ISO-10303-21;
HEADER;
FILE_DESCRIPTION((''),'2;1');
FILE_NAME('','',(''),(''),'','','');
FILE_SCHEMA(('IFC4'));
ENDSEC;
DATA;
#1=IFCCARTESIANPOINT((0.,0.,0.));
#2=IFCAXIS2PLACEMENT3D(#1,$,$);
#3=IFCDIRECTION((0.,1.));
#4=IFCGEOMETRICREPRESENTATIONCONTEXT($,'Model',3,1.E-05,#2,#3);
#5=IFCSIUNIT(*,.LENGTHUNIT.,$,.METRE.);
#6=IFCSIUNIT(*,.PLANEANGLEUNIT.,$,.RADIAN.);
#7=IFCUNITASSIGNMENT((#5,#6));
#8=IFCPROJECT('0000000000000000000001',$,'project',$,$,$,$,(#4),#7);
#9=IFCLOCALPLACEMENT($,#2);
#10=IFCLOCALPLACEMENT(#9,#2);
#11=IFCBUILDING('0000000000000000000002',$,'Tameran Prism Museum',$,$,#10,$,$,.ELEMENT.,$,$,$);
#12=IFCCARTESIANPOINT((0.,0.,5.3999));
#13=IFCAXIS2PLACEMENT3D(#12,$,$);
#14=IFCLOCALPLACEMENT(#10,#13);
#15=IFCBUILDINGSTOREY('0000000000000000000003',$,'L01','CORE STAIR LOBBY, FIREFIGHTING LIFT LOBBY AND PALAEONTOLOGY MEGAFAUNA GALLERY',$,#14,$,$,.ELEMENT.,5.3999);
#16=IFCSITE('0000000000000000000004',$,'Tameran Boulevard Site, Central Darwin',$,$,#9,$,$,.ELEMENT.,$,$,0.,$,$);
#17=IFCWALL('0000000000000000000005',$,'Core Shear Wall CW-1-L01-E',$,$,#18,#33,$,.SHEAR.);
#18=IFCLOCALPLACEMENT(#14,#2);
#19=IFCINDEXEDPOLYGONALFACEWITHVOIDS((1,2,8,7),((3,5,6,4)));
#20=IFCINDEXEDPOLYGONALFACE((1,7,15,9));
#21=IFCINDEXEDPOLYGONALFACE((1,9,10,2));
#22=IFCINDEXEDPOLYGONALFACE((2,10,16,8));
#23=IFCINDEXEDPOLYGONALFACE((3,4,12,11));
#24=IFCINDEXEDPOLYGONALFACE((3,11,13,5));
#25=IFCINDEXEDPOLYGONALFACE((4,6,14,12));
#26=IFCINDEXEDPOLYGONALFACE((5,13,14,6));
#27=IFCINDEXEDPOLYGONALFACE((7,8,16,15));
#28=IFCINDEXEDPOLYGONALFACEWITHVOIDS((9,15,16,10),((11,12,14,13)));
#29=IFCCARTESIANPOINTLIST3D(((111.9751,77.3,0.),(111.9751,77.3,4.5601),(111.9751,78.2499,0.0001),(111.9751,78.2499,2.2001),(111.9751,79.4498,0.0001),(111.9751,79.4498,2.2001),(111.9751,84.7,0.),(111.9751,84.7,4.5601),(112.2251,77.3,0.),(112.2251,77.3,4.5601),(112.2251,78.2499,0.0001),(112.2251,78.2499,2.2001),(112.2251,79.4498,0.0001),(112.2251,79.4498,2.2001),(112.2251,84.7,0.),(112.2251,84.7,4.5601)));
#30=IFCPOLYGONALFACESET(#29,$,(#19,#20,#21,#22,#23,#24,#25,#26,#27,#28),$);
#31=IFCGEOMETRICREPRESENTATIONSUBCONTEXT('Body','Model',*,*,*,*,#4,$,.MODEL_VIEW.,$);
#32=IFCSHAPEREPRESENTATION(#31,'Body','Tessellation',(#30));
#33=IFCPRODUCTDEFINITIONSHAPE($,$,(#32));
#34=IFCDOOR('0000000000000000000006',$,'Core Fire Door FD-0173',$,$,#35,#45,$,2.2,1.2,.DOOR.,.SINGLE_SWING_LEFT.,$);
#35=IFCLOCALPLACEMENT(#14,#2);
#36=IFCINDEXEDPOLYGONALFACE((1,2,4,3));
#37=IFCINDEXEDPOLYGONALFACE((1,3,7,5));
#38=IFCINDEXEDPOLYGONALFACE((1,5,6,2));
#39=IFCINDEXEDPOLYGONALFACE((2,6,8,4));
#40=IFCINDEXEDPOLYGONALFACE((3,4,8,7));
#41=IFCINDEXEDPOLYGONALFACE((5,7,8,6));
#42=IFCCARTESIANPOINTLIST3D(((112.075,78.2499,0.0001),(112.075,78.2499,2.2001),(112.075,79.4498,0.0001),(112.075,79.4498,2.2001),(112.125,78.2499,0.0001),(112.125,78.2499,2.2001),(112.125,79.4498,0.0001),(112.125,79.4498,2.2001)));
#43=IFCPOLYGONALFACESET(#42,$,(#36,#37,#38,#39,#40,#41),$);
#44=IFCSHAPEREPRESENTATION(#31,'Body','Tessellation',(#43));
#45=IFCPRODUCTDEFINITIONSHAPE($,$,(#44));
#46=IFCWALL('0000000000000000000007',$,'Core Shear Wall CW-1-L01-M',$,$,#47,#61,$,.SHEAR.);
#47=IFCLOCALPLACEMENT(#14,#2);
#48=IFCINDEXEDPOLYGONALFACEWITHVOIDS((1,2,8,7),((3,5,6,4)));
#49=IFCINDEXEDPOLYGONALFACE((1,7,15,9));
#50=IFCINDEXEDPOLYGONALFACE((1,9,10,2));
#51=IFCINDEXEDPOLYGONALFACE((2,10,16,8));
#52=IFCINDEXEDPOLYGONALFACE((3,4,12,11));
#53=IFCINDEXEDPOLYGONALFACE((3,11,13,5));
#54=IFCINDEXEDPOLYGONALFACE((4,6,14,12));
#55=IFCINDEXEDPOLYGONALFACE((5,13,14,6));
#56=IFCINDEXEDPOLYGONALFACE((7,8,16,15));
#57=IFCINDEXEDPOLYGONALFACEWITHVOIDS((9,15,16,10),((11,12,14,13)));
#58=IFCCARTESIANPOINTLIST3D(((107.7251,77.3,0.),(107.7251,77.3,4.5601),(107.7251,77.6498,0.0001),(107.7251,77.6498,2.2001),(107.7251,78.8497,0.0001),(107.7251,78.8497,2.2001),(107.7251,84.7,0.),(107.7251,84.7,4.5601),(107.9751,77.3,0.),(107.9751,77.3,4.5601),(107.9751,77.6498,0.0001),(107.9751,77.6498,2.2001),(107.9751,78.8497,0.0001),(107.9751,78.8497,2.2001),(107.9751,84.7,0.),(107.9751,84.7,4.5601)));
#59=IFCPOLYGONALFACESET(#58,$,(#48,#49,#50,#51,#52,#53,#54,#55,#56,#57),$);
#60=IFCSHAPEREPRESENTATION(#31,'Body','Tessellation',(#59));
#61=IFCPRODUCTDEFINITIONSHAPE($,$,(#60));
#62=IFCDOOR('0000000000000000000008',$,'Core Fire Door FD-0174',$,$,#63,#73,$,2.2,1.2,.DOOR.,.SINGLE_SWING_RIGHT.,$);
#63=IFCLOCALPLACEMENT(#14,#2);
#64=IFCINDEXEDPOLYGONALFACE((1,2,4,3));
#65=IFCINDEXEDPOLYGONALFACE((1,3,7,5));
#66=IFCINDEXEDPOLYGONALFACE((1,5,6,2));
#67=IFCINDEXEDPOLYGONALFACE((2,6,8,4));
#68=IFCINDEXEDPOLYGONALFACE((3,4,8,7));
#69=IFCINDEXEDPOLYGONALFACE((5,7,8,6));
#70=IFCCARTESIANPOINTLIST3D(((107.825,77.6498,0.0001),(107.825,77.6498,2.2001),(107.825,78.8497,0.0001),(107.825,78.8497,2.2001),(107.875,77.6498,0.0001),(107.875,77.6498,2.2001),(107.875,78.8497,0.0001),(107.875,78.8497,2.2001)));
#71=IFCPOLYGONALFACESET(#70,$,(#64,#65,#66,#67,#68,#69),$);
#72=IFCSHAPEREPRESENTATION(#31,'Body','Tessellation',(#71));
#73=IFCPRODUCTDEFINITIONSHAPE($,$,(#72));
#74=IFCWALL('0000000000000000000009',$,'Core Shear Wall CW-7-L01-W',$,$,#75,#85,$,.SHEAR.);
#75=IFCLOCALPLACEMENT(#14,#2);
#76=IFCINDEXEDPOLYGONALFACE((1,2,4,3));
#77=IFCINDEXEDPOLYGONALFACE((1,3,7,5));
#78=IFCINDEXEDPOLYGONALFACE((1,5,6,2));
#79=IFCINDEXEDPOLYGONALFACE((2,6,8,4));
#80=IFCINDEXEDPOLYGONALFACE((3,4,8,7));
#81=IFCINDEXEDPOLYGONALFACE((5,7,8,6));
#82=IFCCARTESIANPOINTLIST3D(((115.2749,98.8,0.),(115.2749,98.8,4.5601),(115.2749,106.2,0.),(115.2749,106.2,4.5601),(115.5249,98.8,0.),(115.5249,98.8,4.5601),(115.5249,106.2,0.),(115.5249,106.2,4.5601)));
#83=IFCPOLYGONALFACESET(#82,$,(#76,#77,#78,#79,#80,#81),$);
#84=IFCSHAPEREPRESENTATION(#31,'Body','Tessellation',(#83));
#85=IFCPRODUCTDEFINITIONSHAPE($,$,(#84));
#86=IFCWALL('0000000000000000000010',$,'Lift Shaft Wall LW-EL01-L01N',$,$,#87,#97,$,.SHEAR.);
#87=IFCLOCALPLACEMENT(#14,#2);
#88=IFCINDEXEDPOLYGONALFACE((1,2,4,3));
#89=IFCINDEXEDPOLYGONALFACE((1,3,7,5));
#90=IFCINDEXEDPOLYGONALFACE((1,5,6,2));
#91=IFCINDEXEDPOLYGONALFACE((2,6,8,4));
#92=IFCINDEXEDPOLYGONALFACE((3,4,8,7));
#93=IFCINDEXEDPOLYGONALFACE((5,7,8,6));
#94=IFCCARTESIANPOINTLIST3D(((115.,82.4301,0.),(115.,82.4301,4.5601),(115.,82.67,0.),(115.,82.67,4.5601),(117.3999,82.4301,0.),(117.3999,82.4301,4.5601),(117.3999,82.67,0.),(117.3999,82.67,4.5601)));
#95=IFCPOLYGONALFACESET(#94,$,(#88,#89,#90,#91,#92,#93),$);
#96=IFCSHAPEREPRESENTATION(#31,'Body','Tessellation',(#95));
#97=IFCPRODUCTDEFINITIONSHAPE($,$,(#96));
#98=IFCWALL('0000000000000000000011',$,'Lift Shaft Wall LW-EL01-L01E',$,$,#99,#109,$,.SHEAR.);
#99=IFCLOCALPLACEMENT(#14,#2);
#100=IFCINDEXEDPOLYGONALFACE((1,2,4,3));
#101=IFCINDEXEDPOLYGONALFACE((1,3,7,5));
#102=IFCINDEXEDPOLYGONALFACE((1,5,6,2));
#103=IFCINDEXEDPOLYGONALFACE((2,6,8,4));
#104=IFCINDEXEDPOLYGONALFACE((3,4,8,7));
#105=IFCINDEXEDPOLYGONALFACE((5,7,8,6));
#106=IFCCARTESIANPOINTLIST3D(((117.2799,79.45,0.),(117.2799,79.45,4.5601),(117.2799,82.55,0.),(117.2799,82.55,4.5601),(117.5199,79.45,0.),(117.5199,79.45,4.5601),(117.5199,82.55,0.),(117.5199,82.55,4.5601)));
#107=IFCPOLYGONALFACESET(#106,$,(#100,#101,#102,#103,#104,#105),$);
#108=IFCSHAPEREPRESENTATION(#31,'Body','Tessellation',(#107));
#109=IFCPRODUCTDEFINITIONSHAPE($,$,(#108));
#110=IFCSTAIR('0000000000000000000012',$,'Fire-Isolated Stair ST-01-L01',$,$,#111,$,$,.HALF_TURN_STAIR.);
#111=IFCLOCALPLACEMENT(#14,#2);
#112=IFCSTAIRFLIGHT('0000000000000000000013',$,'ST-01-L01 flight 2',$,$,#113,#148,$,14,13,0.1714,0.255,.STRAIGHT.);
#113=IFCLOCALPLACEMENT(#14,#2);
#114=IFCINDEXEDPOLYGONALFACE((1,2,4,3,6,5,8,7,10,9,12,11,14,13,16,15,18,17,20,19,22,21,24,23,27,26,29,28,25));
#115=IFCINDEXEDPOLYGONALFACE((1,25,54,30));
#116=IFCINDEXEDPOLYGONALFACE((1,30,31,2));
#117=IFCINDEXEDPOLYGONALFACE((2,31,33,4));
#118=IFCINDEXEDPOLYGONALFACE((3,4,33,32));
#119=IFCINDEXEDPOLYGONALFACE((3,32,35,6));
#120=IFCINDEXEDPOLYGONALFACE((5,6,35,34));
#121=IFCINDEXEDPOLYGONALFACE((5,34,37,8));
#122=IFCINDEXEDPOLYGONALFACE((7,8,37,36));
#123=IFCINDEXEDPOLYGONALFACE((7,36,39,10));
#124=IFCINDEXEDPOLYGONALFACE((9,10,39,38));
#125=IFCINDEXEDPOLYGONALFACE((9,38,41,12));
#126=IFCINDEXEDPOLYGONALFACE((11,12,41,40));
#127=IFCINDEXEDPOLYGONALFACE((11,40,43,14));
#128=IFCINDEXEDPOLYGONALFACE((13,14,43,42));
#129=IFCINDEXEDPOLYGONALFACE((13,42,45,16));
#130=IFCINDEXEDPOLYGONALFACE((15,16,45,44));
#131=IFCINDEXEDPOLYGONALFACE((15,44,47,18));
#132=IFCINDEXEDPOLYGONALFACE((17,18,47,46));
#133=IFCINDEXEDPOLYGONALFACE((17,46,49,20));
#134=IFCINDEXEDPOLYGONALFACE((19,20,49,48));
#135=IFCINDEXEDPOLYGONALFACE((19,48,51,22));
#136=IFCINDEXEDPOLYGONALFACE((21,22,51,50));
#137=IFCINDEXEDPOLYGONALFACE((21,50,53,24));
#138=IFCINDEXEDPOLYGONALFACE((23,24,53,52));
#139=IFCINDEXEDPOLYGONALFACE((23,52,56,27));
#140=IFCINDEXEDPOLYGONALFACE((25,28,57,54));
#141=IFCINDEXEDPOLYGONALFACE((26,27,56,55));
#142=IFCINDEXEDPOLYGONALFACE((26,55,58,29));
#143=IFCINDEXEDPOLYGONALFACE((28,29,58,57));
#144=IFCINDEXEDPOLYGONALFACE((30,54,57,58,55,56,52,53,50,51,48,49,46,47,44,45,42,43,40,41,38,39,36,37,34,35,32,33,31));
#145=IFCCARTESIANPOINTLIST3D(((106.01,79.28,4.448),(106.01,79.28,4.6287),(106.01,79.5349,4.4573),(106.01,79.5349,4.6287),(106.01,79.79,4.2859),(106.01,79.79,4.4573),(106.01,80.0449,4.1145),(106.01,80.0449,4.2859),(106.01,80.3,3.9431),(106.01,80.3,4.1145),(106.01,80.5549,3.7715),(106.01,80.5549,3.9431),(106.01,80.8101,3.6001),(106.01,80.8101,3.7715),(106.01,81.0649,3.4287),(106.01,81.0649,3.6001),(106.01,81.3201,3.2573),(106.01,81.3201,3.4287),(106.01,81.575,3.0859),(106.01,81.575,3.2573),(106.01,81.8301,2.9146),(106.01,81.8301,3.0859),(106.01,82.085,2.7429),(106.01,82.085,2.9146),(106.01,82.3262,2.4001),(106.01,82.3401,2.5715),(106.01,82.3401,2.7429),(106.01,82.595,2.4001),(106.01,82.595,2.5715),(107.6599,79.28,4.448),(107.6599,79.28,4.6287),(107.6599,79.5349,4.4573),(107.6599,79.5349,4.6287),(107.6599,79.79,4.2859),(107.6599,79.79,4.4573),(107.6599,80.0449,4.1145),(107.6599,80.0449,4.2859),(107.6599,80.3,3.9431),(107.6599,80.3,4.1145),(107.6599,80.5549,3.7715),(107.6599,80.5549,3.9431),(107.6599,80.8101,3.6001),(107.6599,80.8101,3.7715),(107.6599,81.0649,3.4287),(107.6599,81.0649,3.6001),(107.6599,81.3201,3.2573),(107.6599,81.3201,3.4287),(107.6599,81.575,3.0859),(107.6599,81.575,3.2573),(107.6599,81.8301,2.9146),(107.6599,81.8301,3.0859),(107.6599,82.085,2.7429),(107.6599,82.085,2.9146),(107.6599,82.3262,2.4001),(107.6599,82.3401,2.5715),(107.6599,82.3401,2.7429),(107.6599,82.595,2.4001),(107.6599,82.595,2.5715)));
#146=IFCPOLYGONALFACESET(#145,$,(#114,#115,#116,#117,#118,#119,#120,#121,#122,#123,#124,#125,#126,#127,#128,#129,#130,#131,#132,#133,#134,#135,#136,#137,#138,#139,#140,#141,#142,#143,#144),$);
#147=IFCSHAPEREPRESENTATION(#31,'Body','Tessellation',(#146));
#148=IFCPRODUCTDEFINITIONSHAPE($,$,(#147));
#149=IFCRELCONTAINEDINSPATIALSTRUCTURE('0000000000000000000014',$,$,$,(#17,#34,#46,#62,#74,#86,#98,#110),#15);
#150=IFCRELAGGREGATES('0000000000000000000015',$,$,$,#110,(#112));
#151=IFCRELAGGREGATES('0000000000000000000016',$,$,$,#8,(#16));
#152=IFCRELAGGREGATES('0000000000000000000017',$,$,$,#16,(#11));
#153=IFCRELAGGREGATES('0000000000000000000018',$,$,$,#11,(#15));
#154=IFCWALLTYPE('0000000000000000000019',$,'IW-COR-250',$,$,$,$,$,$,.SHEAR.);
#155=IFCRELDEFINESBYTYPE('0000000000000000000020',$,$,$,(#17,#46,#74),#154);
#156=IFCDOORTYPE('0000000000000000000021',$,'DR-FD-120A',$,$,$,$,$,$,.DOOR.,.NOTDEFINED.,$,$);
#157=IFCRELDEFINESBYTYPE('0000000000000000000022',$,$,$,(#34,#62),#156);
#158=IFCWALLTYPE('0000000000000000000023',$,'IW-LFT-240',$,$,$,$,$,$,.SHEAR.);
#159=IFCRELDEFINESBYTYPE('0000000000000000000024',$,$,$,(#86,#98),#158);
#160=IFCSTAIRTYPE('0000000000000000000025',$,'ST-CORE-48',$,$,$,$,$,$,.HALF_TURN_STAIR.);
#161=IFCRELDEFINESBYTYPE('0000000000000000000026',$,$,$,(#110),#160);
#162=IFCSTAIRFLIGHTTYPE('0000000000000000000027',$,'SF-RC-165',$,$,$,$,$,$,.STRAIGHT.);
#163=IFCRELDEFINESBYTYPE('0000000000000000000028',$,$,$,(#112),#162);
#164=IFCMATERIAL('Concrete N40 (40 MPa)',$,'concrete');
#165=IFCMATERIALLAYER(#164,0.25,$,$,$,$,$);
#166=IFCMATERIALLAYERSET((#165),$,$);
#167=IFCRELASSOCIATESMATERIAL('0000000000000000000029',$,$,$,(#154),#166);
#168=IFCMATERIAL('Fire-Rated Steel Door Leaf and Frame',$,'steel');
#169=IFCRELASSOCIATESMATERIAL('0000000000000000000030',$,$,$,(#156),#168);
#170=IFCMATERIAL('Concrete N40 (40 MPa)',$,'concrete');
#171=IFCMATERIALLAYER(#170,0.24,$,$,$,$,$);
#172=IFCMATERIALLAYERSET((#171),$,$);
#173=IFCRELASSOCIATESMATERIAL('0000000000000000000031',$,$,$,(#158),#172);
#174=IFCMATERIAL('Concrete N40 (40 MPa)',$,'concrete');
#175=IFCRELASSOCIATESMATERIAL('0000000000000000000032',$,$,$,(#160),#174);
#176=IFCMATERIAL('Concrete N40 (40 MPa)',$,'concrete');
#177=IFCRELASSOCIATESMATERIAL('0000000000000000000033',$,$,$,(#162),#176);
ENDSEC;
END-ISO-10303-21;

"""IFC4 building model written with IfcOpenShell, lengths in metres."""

from ifc_helpers import new_model, si_unit, direction, frame, frame_2d, origin, place, context, subcontext, project, spatial, polyline, rectangle, outline, extrude, material, layer, layer_set, type_object, element, fill, aggregate, save


model = new_model("IFC4")

# Units and contexts
model_context = context("Model", 3, precision=1e-05, world=origin(), true_north=direction((0.0, 1.0)))
body_context = subcontext(model_context, "Body", "Model", "MODEL_VIEW")
ifc_project = project(units=[si_unit("LENGTHUNIT", "METRE"), si_unit("PLANEANGLEUNIT", "RADIAN")], contexts=[model_context])

# Site, building, storey
site_placement = place(None, origin())
site = spatial("IfcSite", under=ifc_project, at=site_placement, Name="Tameran Boulevard Site, Central Darwin", CompositionType="ELEMENT", RefElevation=0.0)
building_placement = place(site_placement, origin())
building = spatial("IfcBuilding", under=site, at=building_placement, Name="Tameran Prism Museum", CompositionType="ELEMENT")
storey_placement = place(building_placement, frame((0.0, 0.0, 5.3999)))
storey = spatial("IfcBuildingStorey", under=building, at=storey_placement, Name="L01", Description="CORE STAIR LOBBY, FIREFIGHTING LIFT LOBBY AND PALAEONTOLOGY MEGAFAUNA GALLERY", CompositionType="ELEMENT", Elevation=5.3999)

# Walls, openings, doors
ifc_material_1 = material(Name="Concrete N40 (40 MPa)", Category="concrete")
ifc_layer_1 = layer(ifc_material_1, 0.25)
ifc_layer_set_1 = layer_set([ifc_layer_1])
wall_type_1 = type_object("IfcWallType", Name="IW-COR-250", PredefinedType="SHEAR", material=ifc_layer_set_1)
wall_1_placement = place(storey_placement, frame((112.1001, 84.7, 0.0), z_axis=(0.0, 0.0, 1.0), x_axis=(0.0, -1.0, 0.0)))
wall_1 = element("IfcWall", 1, at=wall_1_placement, inside=storey, type_object=wall_type_1, Name="Core Shear Wall CW-1-L01-E", PredefinedType="SHEAR", context=body_context, shape_type="SweptSolid", body=[
    extrude(rectangle(XDim=7.3999, YDim=0.25, at=frame_2d((3.7, 0.0))), origin(), (0.0, 0.0, 1.0), 4.5601),
])
opening_1_placement = place(wall_1_placement, frame((5.25, 0.0, 0.0)))
opening_1 = element("IfcOpeningElement", 2, at=opening_1_placement, cuts=wall_1, PredefinedType="OPENING", context=body_context, shape_type="SweptSolid", body=[
    extrude(rectangle(XDim=1.2, YDim=2.2, at=frame_2d((0.6001, 1.1001))), frame((0.0, 0.135, 0.0), z_axis=(0.0, -1.0, 0.0), x_axis=(1.0, 0.0, 0.0)), (0.0, 0.0, 1.0), 0.27),
])
ifc_material_2 = material(Name="Fire-Rated Steel Door Leaf and Frame", Category="steel")
door_type = type_object("IfcDoorType", Name="DR-FD-120A", OperationType="NOTDEFINED", PredefinedType="DOOR", material=ifc_material_2)
door_1_placement = place(opening_1_placement, origin())
door_1 = element("IfcDoor", 3, at=door_1_placement, inside=storey, type_object=door_type, Name="Core Fire Door FD-0173", OperationType="SINGLE_SWING_LEFT", OverallHeight=2.2, OverallWidth=1.2, PredefinedType="DOOR", context=body_context, shape_type="SweptSolid", body=[
    extrude(rectangle(XDim=1.2, YDim=2.2, at=frame_2d((0.6001, 1.1001))), frame((0.0, 0.0249, 0.0), z_axis=(0.0, -1.0, 0.0), x_axis=(1.0, 0.0, 0.0)), (0.0, 0.0, 1.0), 0.05),
])
fill(opening_1, door_1)
wall_2_placement = place(storey_placement, frame((107.8501, 84.7, 0.0), z_axis=(0.0, 0.0, 1.0), x_axis=(0.0, -1.0, 0.0)))
wall_2 = element("IfcWall", 4, at=wall_2_placement, inside=storey, type_object=wall_type_1, Name="Core Shear Wall CW-1-L01-M", PredefinedType="SHEAR", context=body_context, shape_type="SweptSolid", body=[
    extrude(rectangle(XDim=7.3999, YDim=0.25, at=frame_2d((3.7, 0.0))), origin(), (0.0, 0.0, 1.0), 4.5601),
])
opening_2_placement = place(wall_2_placement, frame((5.8501, 0.0, 0.0)))
opening_2 = element("IfcOpeningElement", 5, at=opening_2_placement, cuts=wall_2, PredefinedType="OPENING", context=body_context, shape_type="SweptSolid", body=[
    extrude(rectangle(XDim=1.2, YDim=2.2, at=frame_2d((0.6001, 1.1001))), frame((0.0, 0.135, 0.0), z_axis=(0.0, -1.0, 0.0), x_axis=(1.0, 0.0, 0.0)), (0.0, 0.0, 1.0), 0.27),
])
door_2_placement = place(opening_2_placement, origin())
door_2 = element("IfcDoor", 6, at=door_2_placement, inside=storey, type_object=door_type, Name="Core Fire Door FD-0174", OperationType="SINGLE_SWING_RIGHT", OverallHeight=2.2, OverallWidth=1.2, PredefinedType="DOOR", context=body_context, shape_type="SweptSolid", body=[
    extrude(rectangle(XDim=1.2, YDim=2.2, at=frame_2d((0.6001, 1.1001))), frame((0.0, 0.0249, 0.0), z_axis=(0.0, -1.0, 0.0), x_axis=(1.0, 0.0, 0.0)), (0.0, 0.0, 1.0), 0.05),
])
fill(opening_2, door_2)

# Walls
wall_3_placement = place(storey_placement, frame((115.3999, 98.8, 0.0), z_axis=(0.0, 0.0, 1.0), x_axis=(0.0, 1.0, 0.0)))
element("IfcWall", 7, at=wall_3_placement, inside=storey, type_object=wall_type_1, Name="Core Shear Wall CW-7-L01-W", PredefinedType="SHEAR", context=body_context, shape_type="SweptSolid", body=[
    extrude(rectangle(XDim=7.3999, YDim=0.25, at=frame_2d((3.7, 0.0))), origin(), (0.0, 0.0, 1.0), 4.5601),
])
ifc_material_3 = material(Name="Concrete N40 (40 MPa)", Category="concrete")
ifc_layer_2 = layer(ifc_material_3, 0.24)
ifc_layer_set_2 = layer_set([ifc_layer_2])
wall_type_2 = type_object("IfcWallType", Name="IW-LFT-240", PredefinedType="SHEAR", material=ifc_layer_set_2)
wall_4_placement = place(storey_placement, frame((115.0, 82.55, 0.0), z_axis=(0.0, 0.0, 1.0), x_axis=(1.0, 0.0, 0.0)))
element("IfcWall", 8, at=wall_4_placement, inside=storey, type_object=wall_type_2, Name="Lift Shaft Wall LW-EL01-L01N", PredefinedType="SHEAR", context=body_context, shape_type="SweptSolid", body=[
    extrude(rectangle(XDim=2.3999, YDim=0.24, at=frame_2d((1.2, 0.0))), origin(), (0.0, 0.0, 1.0), 4.5601),
])
wall_5_placement = place(storey_placement, frame((117.3999, 82.55, 0.0), z_axis=(0.0, 0.0, 1.0), x_axis=(0.0, -1.0, 0.0)))
element("IfcWall", 9, at=wall_5_placement, inside=storey, type_object=wall_type_2, Name="Lift Shaft Wall LW-EL01-L01E", PredefinedType="SHEAR", context=body_context, shape_type="SweptSolid", body=[
    extrude(rectangle(XDim=3.1001, YDim=0.24, at=frame_2d((1.55, 0.0))), origin(), (0.0, 0.0, 1.0), 4.5601),
])

# Stair, stair flight
ifc_material_4 = material(Name="Concrete N40 (40 MPa)", Category="concrete")
stair_type = type_object("IfcStairType", Name="ST-CORE-48", PredefinedType="HALF_TURN_STAIR", material=ifc_material_4)
stair_placement = place(storey_placement, origin())
stair = element("IfcStair", 10, at=stair_placement, inside=storey, type_object=stair_type, Name="Fire-Isolated Stair ST-01-L01", PredefinedType="HALF_TURN_STAIR")
ifc_material_5 = material(Name="Concrete N40 (40 MPa)", Category="concrete")
stair_flight_type = type_object("IfcStairFlightType", Name="SF-RC-165", PredefinedType="STRAIGHT", material=ifc_material_5)
stair_flight_placement = place(storey_placement, frame((106.835, 82.595, 2.4001), z_axis=(0.0, 0.0, 1.0), x_axis=(0.0, -1.0, 0.0)))
stair_flight = element("IfcStairFlight", 11, at=stair_flight_placement, type_object=stair_flight_type, Name="ST-01-L01 flight 2", NumberOfRisers=14, NumberOfTreads=13, PredefinedType="STRAIGHT", RiserHeight=0.1714, TreadLength=0.255, context=body_context, shape_type="SweptSolid", body=[
    extrude(outline(polyline([(0.0, 0.0), (0.0, 0.1714), (0.2549, 0.1714), (0.2549, 0.3428), (0.51, 0.3428), (0.51, 0.5144), (0.7649, 0.5144), (0.7649, 0.6858), (1.02, 0.6858), (1.02, 0.8572), (1.2749, 0.8572), (1.2749, 1.0286), (1.53, 1.0286), (1.53, 1.2), (1.7849, 1.2), (1.7849, 1.3713), (2.04, 1.3713), (2.04, 1.543), (2.2949, 1.543), (2.2949, 1.7144), (2.55, 1.7144), (2.55, 1.8857), (2.8049, 1.8857), (2.8049, 2.0571), (3.0601, 2.0571), (3.0601, 2.2285), (3.3149, 2.2285), (3.3149, 2.3999), (3.3149, 2.0479), (0.2688, 0.0), (0.0, 0.0)])), frame((0.0, 0.825, 0.0), z_axis=(0.0, -1.0, 0.0), x_axis=(1.0, 0.0, 0.0)), (0.0, 0.0, 1.0), 1.6499),
])
aggregate(stair, [stair_flight])

save(model, "model.ifc")
